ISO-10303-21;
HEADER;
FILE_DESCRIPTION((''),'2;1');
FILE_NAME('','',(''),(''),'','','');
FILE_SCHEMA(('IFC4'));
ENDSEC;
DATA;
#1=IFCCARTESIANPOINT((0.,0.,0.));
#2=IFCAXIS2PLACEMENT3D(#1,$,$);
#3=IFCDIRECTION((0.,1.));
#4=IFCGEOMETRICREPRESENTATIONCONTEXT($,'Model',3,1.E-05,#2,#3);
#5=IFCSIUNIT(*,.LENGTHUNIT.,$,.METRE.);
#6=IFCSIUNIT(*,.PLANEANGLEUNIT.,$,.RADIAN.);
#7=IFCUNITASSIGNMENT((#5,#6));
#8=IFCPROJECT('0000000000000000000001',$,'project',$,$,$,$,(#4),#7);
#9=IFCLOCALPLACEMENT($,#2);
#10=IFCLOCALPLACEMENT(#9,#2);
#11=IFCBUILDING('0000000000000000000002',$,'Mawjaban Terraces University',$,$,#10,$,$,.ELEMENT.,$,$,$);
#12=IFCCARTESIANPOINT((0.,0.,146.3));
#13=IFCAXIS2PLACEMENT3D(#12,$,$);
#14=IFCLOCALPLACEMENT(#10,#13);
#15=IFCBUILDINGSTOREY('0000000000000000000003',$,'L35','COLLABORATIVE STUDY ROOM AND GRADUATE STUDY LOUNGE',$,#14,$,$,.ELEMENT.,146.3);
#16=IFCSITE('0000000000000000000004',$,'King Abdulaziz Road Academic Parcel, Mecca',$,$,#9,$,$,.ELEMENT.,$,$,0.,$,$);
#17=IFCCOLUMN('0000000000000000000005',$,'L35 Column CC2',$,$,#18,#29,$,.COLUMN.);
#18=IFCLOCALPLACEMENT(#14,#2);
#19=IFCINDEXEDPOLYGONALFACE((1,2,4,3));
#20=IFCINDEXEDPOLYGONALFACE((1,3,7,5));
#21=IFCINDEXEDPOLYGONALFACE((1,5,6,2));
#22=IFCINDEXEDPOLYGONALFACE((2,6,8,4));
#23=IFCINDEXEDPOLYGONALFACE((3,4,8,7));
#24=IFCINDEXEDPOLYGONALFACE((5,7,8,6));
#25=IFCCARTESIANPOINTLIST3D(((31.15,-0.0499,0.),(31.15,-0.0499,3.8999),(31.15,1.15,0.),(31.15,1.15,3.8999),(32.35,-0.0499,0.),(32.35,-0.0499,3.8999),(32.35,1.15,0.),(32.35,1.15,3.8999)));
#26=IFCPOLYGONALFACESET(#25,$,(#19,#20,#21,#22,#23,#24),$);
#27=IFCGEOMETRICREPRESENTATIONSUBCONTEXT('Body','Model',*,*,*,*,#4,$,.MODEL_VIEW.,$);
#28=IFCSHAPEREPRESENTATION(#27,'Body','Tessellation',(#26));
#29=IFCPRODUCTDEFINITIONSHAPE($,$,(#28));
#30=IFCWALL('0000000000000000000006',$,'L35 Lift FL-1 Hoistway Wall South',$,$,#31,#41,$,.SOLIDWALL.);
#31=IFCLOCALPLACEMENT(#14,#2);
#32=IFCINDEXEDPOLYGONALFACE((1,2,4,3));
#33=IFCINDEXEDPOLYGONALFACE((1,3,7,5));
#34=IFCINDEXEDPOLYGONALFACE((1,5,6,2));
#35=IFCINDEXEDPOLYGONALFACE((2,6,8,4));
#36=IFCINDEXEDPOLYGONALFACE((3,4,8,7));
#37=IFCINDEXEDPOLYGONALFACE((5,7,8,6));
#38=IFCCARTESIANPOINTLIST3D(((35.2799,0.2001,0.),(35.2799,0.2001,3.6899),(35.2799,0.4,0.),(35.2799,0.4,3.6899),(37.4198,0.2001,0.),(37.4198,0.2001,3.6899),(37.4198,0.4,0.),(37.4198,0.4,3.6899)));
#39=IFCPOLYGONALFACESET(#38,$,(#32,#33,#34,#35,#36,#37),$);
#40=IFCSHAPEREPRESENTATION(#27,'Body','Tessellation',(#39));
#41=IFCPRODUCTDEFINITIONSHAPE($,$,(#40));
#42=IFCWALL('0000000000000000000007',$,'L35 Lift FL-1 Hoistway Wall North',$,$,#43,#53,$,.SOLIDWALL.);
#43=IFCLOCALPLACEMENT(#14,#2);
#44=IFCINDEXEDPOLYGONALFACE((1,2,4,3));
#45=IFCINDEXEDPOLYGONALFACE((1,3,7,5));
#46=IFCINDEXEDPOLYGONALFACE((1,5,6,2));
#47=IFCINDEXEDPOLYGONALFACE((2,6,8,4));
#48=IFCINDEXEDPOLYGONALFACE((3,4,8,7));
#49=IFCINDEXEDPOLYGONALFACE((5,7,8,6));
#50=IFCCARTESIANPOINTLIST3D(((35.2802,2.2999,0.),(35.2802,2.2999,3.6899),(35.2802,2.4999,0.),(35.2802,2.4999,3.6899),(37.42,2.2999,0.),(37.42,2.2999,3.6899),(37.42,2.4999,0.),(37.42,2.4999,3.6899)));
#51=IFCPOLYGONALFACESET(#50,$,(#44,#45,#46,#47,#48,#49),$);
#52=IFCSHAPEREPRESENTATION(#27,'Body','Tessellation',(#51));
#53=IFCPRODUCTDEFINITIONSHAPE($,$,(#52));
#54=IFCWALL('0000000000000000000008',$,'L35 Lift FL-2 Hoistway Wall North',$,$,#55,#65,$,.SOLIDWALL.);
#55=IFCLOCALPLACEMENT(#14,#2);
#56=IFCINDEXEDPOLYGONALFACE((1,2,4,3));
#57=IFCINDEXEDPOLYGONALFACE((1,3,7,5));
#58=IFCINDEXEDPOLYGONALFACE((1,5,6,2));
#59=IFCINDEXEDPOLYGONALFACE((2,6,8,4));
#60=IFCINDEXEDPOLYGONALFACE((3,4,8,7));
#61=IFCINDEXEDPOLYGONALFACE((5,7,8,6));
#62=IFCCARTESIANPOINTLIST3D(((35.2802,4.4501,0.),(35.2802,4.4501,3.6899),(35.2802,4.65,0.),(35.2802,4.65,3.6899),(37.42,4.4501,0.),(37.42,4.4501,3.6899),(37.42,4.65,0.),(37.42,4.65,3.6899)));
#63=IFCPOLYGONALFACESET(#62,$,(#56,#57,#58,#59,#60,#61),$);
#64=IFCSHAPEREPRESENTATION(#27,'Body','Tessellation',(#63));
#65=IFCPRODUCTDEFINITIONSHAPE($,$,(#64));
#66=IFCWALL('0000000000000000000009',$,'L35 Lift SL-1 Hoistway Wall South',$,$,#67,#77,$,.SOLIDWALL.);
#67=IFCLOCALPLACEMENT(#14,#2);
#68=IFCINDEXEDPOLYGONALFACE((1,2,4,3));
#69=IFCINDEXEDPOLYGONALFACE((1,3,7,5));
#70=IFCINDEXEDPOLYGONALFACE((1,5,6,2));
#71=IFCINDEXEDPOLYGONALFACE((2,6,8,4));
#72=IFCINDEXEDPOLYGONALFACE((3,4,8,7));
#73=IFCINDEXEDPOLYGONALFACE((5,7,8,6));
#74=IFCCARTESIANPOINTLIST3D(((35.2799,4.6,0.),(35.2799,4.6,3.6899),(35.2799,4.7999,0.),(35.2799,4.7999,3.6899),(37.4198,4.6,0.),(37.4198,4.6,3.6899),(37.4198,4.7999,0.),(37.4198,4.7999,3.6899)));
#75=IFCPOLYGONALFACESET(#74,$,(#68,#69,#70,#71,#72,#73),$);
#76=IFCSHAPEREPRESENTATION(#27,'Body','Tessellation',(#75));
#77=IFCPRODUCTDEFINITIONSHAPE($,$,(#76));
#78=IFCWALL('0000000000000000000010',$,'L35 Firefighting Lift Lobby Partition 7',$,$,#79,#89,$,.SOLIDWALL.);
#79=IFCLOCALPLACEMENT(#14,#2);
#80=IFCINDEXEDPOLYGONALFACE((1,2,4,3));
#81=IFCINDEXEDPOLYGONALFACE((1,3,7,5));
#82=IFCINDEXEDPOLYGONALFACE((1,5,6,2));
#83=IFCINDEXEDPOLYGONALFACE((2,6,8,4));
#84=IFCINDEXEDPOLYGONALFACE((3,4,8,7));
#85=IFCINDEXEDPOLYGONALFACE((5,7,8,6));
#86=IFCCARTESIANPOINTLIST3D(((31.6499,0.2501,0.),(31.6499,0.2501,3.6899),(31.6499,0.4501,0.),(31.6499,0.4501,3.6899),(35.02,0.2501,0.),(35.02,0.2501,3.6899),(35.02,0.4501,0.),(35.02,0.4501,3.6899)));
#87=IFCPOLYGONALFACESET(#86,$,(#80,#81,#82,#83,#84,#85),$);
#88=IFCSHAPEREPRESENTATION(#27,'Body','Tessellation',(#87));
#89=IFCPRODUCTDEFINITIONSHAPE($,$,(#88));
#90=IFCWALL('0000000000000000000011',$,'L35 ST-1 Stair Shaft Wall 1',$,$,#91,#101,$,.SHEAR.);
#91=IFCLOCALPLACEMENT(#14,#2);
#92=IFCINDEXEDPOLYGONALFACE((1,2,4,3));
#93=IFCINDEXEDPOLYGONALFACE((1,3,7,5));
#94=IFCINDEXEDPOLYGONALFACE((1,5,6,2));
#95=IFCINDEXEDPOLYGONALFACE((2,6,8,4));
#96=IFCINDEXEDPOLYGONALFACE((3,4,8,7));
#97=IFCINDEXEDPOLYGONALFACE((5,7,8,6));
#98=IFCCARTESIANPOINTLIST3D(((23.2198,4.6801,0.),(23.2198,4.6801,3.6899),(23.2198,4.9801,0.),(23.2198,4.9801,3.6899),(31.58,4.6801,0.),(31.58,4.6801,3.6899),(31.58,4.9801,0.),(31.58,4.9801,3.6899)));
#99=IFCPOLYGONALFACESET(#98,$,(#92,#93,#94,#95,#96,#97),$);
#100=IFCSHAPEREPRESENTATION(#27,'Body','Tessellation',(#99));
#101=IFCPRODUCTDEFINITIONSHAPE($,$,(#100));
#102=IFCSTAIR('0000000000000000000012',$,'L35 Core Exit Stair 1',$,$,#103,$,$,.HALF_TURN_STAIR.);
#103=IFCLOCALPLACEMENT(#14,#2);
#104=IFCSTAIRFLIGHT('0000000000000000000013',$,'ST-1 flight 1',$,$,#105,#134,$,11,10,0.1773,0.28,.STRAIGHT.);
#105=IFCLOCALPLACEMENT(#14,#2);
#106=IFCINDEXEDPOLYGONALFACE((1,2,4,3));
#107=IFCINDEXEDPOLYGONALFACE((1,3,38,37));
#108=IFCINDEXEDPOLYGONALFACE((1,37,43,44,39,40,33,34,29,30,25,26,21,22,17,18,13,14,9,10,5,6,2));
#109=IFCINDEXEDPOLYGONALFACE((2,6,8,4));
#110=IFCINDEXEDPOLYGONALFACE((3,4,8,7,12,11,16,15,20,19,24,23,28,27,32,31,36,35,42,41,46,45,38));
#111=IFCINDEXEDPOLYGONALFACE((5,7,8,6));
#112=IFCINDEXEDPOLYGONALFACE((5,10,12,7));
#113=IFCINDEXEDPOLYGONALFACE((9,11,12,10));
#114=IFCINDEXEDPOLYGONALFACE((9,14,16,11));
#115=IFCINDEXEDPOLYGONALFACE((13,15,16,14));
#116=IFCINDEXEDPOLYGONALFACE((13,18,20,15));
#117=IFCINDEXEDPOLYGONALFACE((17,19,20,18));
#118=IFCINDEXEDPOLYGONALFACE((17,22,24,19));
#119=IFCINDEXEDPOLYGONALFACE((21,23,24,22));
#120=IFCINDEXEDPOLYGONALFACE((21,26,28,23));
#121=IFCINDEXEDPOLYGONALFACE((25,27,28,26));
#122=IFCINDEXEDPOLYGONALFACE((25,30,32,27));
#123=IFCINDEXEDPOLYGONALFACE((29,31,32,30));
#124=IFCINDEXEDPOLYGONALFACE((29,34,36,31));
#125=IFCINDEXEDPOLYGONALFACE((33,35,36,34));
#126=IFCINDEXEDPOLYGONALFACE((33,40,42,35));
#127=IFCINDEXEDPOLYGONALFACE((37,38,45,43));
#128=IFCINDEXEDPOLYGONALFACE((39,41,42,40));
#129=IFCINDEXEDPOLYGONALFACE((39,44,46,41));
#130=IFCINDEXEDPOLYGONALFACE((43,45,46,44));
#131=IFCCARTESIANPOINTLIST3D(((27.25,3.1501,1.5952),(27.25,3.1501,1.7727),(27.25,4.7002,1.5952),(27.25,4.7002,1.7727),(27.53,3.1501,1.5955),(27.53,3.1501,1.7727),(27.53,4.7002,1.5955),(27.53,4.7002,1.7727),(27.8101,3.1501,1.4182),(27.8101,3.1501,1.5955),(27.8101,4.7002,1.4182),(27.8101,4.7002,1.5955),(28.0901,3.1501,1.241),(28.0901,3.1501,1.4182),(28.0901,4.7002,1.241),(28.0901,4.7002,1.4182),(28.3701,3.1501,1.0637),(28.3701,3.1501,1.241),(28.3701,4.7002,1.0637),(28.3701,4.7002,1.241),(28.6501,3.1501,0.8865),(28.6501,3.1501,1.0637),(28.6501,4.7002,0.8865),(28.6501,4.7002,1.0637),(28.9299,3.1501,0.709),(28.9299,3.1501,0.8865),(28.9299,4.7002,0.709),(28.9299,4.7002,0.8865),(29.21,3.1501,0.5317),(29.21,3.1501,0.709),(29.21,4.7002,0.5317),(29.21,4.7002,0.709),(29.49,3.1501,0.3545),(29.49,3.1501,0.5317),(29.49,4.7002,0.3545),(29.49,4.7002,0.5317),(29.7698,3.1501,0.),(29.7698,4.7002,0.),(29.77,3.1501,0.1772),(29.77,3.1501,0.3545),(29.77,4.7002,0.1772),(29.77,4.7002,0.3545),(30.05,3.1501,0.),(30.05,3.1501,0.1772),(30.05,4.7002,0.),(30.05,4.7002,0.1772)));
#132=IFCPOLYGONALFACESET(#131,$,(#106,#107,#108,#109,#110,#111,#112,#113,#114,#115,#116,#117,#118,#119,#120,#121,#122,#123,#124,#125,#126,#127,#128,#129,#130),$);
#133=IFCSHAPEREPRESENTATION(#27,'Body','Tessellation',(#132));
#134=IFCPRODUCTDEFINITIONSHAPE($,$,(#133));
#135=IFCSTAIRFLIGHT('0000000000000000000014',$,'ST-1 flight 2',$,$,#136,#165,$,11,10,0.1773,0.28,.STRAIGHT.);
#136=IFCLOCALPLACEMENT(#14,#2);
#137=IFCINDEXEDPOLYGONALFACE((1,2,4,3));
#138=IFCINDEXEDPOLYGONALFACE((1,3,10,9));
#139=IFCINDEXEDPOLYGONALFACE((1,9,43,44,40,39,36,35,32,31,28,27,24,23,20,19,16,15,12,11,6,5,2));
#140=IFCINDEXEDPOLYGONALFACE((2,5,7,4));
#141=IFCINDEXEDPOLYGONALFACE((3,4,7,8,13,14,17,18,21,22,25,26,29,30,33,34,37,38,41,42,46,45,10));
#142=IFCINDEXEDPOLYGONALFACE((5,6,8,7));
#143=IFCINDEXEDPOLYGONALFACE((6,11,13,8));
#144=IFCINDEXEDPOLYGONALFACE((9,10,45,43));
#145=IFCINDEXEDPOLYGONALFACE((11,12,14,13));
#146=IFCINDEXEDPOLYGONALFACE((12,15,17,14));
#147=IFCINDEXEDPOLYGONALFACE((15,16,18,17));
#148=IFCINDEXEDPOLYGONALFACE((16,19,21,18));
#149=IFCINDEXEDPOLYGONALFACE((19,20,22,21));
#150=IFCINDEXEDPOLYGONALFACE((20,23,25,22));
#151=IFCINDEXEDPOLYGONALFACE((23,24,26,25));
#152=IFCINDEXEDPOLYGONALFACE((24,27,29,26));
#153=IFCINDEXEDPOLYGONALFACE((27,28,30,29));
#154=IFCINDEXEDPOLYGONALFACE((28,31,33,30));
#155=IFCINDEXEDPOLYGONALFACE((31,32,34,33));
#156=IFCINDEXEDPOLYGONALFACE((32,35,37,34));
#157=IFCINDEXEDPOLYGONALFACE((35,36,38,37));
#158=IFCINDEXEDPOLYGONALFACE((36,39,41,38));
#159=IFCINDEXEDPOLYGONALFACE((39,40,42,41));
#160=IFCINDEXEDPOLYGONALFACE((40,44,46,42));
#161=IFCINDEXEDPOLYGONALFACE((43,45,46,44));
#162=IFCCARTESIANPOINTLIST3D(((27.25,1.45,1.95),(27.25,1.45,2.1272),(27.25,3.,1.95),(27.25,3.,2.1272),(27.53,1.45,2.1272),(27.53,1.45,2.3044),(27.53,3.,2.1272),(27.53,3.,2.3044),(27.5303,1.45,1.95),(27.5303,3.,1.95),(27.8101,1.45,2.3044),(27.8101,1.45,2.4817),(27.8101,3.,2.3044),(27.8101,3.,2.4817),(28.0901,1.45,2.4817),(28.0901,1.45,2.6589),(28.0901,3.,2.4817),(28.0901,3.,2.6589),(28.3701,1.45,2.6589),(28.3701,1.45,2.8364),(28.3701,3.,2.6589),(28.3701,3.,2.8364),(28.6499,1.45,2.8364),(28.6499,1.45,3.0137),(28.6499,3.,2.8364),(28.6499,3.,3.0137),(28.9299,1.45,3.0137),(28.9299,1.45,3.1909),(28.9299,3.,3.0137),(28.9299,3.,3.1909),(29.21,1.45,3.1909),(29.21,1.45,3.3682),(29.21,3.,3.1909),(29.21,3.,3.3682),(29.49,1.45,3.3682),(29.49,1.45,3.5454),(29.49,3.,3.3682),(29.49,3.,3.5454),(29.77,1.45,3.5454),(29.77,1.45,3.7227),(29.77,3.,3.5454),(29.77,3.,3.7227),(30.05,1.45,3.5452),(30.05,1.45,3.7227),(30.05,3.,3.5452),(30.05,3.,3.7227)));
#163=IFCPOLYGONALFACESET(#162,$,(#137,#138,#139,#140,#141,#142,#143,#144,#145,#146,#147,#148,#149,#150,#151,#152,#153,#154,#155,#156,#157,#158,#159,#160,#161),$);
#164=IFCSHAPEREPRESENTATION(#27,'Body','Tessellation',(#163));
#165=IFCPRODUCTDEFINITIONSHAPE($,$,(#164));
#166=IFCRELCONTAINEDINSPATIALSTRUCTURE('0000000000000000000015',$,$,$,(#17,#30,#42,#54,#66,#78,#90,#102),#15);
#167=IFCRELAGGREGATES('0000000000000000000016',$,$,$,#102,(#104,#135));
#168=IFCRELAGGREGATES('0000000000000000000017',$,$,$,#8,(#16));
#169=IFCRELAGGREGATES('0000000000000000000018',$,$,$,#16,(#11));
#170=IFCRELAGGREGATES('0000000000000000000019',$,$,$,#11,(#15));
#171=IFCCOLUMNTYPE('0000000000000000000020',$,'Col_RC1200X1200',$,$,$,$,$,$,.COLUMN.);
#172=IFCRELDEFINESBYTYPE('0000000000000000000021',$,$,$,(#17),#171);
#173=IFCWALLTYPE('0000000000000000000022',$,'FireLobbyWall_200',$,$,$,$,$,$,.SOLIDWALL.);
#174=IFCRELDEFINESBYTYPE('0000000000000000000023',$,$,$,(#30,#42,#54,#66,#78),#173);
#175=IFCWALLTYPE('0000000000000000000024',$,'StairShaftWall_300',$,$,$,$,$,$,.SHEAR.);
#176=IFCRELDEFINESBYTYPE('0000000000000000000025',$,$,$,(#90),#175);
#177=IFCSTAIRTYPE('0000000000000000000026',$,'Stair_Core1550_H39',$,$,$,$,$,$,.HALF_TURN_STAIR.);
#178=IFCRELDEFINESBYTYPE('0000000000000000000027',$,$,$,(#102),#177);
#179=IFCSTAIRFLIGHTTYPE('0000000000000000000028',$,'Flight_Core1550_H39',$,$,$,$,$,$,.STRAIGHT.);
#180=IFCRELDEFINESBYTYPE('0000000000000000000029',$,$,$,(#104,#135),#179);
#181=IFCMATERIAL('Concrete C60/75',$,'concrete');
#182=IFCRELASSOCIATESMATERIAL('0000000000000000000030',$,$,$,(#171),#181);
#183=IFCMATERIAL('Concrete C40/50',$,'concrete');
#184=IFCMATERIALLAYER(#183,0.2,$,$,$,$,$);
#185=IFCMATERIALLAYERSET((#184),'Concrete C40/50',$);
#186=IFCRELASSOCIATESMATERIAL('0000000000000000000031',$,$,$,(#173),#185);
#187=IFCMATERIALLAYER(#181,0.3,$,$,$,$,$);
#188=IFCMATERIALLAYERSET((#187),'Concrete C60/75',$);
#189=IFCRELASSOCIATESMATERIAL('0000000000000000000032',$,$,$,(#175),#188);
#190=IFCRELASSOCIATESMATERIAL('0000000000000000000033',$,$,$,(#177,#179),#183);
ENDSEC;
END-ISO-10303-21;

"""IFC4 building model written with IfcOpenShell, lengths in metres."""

from ifc_helpers import new_model, si_unit, direction, frame, frame_2d, origin, origin_2d, place, context, subcontext, project, spatial, polyline, rectangle, outline, extrude, material, layer, layer_set, material_profile, profile_set, type_object, element, aggregate, save


model = new_model("IFC4")

# Units and contexts
model_context = context("Model", 3, precision=1e-05, world=origin(), true_north=direction((0.0, 1.0)))
body_context = subcontext(model_context, "Body", "Model", "MODEL_VIEW")
ifc_project = project(units=[si_unit("LENGTHUNIT", "METRE"), si_unit("PLANEANGLEUNIT", "RADIAN")], contexts=[model_context])

# Site, building, storey
site_placement = place(None, origin())
site = spatial("IfcSite", under=ifc_project, at=site_placement, Name="King Abdulaziz Road Academic Parcel, Mecca", CompositionType="ELEMENT", RefElevation=0.0)
building_placement = place(site_placement, origin())
building = spatial("IfcBuilding", under=site, at=building_placement, Name="Mawjaban Terraces University", CompositionType="ELEMENT")
storey_placement = place(building_placement, frame((0.0, 0.0, 146.3)))
storey = spatial("IfcBuildingStorey", under=building, at=storey_placement, Name="L35", Description="COLLABORATIVE STUDY ROOM AND GRADUATE STUDY LOUNGE", CompositionType="ELEMENT", Elevation=146.3)

# Column
ifc_material_1 = material(Name="Concrete C60/75", Category="concrete")
ifc_material_profile = material_profile(ifc_material_1, rectangle(XDim=1.2, YDim=1.2, at=origin_2d()), Name="RC1200X1200")
ifc_profile_set = profile_set([ifc_material_profile], Name="Concrete C60/75")
column_type = type_object("IfcColumnType", Name="Col_RC1200X1200", PredefinedType="COLUMN", material=ifc_profile_set)
column_placement = place(storey_placement, frame((31.75, 0.55, 0.0), z_axis=(0.0, 0.0, 1.0), x_axis=(1.0, 0.0, 0.0)))
element("IfcColumn", 1, at=column_placement, inside=storey, type_object=column_type, Name="L35 Column CC2", PredefinedType="COLUMN", context=body_context, shape_type="SweptSolid", body=[
    extrude(rectangle(XDim=1.2, YDim=1.2, at=origin_2d()), origin(), (0.0, 0.0, 1.0), 3.8999),
])

# Shared definitions
ifc_material_2 = material(Name="Concrete C40/50", Category="concrete")
ifc_layer_1 = layer(ifc_material_2, 0.2)
ifc_layer_set_1 = layer_set([ifc_layer_1], Name="Concrete C40/50")
wall_type_1 = type_object("IfcWallType", Name="FireLobbyWall_200", PredefinedType="SOLIDWALL", material=ifc_layer_set_1)

# Walls
for number, where, z_axis, x_axis, name in (
    (2, (35.28, 0.3, 0.0), (0.0, 0.0, 1.0), (1.0, 0.0, 0.0), "L35 Lift FL-1 Hoistway Wall South"),
    (3, (37.4199, 2.3999, 0.0), (0.0, 0.0, 1.0), (-1.0, 0.0, 0.0), "L35 Lift FL-1 Hoistway Wall North"),
):
    element("IfcWall", number, at=place(storey_placement, frame(where, z_axis=z_axis, x_axis=x_axis)), inside=storey, type_object=wall_type_1, Name=name, PredefinedType="SOLIDWALL", context=body_context, shape_type="SweptSolid", body=[
        extrude(rectangle(XDim=2.1399, YDim=0.2, at=frame_2d((1.0698, 0.0))), origin(), (0.0, 0.0, 1.0), 3.6899),
    ])

# Walls
for number, where, z_axis, x_axis, name in (
    (4, (37.4199, 4.55, 0.0), (0.0, 0.0, 1.0), (-1.0, 0.0, 0.0), "L35 Lift FL-2 Hoistway Wall North"),
    (5, (35.28, 4.7, 0.0), (0.0, 0.0, 1.0), (1.0, 0.0, 0.0), "L35 Lift SL-1 Hoistway Wall South"),
):
    element("IfcWall", number, at=place(storey_placement, frame(where, z_axis=z_axis, x_axis=x_axis)), inside=storey, type_object=wall_type_1, Name=name, PredefinedType="SOLIDWALL", context=body_context, shape_type="SweptSolid", body=[
        extrude(rectangle(XDim=2.1399, YDim=0.2, at=frame_2d((1.0698, 0.0))), origin(), (0.0, 0.0, 1.0), 3.6899),
    ])
wall_1_placement = place(storey_placement, frame((31.6499, 0.3501, 0.0), z_axis=(0.0, 0.0, 1.0), x_axis=(1.0, 0.0, 0.0)))
element("IfcWall", 6, at=wall_1_placement, inside=storey, type_object=wall_type_1, Name="L35 Firefighting Lift Lobby Partition 7", PredefinedType="SOLIDWALL", context=body_context, shape_type="SweptSolid", body=[
    extrude(rectangle(XDim=3.3701, YDim=0.2, at=frame_2d((1.6851, 0.0))), origin(), (0.0, 0.0, 1.0), 3.6899),
])

# Wall
ifc_layer_2 = layer(ifc_material_1, 0.3)
ifc_layer_set_2 = layer_set([ifc_layer_2], Name="Concrete C60/75")
wall_type_2 = type_object("IfcWallType", Name="StairShaftWall_300", PredefinedType="SHEAR", material=ifc_layer_set_2)
wall_2_placement = place(storey_placement, frame((31.5801, 4.8301, 0.0), z_axis=(0.0, 0.0, 1.0), x_axis=(-1.0, 0.0, 0.0)))
element("IfcWall", 7, at=wall_2_placement, inside=storey, type_object=wall_type_2, Name="L35 ST-1 Stair Shaft Wall 1", PredefinedType="SHEAR", context=body_context, shape_type="SweptSolid", body=[
    extrude(rectangle(XDim=8.3601, YDim=0.3, at=frame_2d((4.1802, 0.0))), origin(), (0.0, 0.0, 1.0), 3.6899),
])

# Stair, stair flights
stair_type = type_object("IfcStairType", Name="Stair_Core1550_H39", PredefinedType="HALF_TURN_STAIR", material=ifc_material_2)
stair_placement = place(storey_placement, origin())
stair = element("IfcStair", 8, at=stair_placement, inside=storey, type_object=stair_type, Name="L35 Core Exit Stair 1", PredefinedType="HALF_TURN_STAIR")
stair_flight_type = type_object("IfcStairFlightType", Name="Flight_Core1550_H39", PredefinedType="STRAIGHT", material=ifc_material_2)
stair_flight_1_placement = place(storey_placement, frame((30.05, 3.925, 0.0), z_axis=(0.0, 0.0, 1.0), x_axis=(-1.0, 0.0, 0.0)))
stair_flight_1 = element("IfcStairFlight", 9, at=stair_flight_1_placement, type_object=stair_flight_type, Name="ST-1 flight 1", NumberOfRisers=11, NumberOfTreads=10, PredefinedType="STRAIGHT", RiserHeight=0.1773, TreadLength=0.28, context=body_context, shape_type="SweptSolid", body=[
    extrude(outline(polyline([(0.0, 0.0), (0.0, 0.1772), (0.28, 0.1772), (0.28, 0.3545), (0.5601, 0.3545), (0.5601, 0.5317), (0.8401, 0.5317), (0.8401, 0.709), (1.1201, 0.709), (1.1201, 0.8865), (1.3999, 0.8865), (1.3999, 1.0637), (1.6799, 1.0637), (1.6799, 1.241), (1.96, 1.241), (1.96, 1.4182), (2.24, 1.4182), (2.24, 1.5955), (2.52, 1.5955), (2.52, 1.7727), (2.8, 1.7727), (2.8, 1.95), (2.8, 1.5952), (0.2803, 0.0), (0.0, 0.0)])), frame((0.0, 0.7749, 0.0), z_axis=(0.0, -1.0, 0.0), x_axis=(1.0, 0.0, 0.0)), (0.0, 0.0, 1.0), 1.55),
])
stair_flight_2_placement = place(storey_placement, frame((27.25, 2.2251, 1.95), z_axis=(0.0, 0.0, 1.0), x_axis=(1.0, 0.0, 0.0)))
stair_flight_2 = element("IfcStairFlight", 10, at=stair_flight_2_placement, type_object=stair_flight_type, Name="ST-1 flight 2", NumberOfRisers=11, NumberOfTreads=10, PredefinedType="STRAIGHT", RiserHeight=0.1773, TreadLength=0.28, context=body_context, shape_type="SweptSolid", body=[
    extrude(outline(polyline([(0.0, 0.0), (0.0, 0.1772), (0.28, 0.1772), (0.28, 0.3545), (0.5601, 0.3545), (0.5601, 0.5317), (0.8401, 0.5317), (0.8401, 0.709), (1.1201, 0.709), (1.1201, 0.8865), (1.3999, 0.8865), (1.3999, 1.0637), (1.6799, 1.0637), (1.6799, 1.241), (1.96, 1.241), (1.96, 1.4182), (2.24, 1.4182), (2.24, 1.5955), (2.52, 1.5955), (2.52, 1.7727), (2.8, 1.7727), (2.8, 1.95), (2.8, 1.5952), (0.2803, 0.0), (0.0, 0.0)])), frame((0.0, 0.7749, 0.0), z_axis=(0.0, -1.0, 0.0), x_axis=(1.0, 0.0, 0.0)), (0.0, 0.0, 1.0), 1.55),
])
aggregate(stair, [stair_flight_1, stair_flight_2])

save(model, "model.ifc")
